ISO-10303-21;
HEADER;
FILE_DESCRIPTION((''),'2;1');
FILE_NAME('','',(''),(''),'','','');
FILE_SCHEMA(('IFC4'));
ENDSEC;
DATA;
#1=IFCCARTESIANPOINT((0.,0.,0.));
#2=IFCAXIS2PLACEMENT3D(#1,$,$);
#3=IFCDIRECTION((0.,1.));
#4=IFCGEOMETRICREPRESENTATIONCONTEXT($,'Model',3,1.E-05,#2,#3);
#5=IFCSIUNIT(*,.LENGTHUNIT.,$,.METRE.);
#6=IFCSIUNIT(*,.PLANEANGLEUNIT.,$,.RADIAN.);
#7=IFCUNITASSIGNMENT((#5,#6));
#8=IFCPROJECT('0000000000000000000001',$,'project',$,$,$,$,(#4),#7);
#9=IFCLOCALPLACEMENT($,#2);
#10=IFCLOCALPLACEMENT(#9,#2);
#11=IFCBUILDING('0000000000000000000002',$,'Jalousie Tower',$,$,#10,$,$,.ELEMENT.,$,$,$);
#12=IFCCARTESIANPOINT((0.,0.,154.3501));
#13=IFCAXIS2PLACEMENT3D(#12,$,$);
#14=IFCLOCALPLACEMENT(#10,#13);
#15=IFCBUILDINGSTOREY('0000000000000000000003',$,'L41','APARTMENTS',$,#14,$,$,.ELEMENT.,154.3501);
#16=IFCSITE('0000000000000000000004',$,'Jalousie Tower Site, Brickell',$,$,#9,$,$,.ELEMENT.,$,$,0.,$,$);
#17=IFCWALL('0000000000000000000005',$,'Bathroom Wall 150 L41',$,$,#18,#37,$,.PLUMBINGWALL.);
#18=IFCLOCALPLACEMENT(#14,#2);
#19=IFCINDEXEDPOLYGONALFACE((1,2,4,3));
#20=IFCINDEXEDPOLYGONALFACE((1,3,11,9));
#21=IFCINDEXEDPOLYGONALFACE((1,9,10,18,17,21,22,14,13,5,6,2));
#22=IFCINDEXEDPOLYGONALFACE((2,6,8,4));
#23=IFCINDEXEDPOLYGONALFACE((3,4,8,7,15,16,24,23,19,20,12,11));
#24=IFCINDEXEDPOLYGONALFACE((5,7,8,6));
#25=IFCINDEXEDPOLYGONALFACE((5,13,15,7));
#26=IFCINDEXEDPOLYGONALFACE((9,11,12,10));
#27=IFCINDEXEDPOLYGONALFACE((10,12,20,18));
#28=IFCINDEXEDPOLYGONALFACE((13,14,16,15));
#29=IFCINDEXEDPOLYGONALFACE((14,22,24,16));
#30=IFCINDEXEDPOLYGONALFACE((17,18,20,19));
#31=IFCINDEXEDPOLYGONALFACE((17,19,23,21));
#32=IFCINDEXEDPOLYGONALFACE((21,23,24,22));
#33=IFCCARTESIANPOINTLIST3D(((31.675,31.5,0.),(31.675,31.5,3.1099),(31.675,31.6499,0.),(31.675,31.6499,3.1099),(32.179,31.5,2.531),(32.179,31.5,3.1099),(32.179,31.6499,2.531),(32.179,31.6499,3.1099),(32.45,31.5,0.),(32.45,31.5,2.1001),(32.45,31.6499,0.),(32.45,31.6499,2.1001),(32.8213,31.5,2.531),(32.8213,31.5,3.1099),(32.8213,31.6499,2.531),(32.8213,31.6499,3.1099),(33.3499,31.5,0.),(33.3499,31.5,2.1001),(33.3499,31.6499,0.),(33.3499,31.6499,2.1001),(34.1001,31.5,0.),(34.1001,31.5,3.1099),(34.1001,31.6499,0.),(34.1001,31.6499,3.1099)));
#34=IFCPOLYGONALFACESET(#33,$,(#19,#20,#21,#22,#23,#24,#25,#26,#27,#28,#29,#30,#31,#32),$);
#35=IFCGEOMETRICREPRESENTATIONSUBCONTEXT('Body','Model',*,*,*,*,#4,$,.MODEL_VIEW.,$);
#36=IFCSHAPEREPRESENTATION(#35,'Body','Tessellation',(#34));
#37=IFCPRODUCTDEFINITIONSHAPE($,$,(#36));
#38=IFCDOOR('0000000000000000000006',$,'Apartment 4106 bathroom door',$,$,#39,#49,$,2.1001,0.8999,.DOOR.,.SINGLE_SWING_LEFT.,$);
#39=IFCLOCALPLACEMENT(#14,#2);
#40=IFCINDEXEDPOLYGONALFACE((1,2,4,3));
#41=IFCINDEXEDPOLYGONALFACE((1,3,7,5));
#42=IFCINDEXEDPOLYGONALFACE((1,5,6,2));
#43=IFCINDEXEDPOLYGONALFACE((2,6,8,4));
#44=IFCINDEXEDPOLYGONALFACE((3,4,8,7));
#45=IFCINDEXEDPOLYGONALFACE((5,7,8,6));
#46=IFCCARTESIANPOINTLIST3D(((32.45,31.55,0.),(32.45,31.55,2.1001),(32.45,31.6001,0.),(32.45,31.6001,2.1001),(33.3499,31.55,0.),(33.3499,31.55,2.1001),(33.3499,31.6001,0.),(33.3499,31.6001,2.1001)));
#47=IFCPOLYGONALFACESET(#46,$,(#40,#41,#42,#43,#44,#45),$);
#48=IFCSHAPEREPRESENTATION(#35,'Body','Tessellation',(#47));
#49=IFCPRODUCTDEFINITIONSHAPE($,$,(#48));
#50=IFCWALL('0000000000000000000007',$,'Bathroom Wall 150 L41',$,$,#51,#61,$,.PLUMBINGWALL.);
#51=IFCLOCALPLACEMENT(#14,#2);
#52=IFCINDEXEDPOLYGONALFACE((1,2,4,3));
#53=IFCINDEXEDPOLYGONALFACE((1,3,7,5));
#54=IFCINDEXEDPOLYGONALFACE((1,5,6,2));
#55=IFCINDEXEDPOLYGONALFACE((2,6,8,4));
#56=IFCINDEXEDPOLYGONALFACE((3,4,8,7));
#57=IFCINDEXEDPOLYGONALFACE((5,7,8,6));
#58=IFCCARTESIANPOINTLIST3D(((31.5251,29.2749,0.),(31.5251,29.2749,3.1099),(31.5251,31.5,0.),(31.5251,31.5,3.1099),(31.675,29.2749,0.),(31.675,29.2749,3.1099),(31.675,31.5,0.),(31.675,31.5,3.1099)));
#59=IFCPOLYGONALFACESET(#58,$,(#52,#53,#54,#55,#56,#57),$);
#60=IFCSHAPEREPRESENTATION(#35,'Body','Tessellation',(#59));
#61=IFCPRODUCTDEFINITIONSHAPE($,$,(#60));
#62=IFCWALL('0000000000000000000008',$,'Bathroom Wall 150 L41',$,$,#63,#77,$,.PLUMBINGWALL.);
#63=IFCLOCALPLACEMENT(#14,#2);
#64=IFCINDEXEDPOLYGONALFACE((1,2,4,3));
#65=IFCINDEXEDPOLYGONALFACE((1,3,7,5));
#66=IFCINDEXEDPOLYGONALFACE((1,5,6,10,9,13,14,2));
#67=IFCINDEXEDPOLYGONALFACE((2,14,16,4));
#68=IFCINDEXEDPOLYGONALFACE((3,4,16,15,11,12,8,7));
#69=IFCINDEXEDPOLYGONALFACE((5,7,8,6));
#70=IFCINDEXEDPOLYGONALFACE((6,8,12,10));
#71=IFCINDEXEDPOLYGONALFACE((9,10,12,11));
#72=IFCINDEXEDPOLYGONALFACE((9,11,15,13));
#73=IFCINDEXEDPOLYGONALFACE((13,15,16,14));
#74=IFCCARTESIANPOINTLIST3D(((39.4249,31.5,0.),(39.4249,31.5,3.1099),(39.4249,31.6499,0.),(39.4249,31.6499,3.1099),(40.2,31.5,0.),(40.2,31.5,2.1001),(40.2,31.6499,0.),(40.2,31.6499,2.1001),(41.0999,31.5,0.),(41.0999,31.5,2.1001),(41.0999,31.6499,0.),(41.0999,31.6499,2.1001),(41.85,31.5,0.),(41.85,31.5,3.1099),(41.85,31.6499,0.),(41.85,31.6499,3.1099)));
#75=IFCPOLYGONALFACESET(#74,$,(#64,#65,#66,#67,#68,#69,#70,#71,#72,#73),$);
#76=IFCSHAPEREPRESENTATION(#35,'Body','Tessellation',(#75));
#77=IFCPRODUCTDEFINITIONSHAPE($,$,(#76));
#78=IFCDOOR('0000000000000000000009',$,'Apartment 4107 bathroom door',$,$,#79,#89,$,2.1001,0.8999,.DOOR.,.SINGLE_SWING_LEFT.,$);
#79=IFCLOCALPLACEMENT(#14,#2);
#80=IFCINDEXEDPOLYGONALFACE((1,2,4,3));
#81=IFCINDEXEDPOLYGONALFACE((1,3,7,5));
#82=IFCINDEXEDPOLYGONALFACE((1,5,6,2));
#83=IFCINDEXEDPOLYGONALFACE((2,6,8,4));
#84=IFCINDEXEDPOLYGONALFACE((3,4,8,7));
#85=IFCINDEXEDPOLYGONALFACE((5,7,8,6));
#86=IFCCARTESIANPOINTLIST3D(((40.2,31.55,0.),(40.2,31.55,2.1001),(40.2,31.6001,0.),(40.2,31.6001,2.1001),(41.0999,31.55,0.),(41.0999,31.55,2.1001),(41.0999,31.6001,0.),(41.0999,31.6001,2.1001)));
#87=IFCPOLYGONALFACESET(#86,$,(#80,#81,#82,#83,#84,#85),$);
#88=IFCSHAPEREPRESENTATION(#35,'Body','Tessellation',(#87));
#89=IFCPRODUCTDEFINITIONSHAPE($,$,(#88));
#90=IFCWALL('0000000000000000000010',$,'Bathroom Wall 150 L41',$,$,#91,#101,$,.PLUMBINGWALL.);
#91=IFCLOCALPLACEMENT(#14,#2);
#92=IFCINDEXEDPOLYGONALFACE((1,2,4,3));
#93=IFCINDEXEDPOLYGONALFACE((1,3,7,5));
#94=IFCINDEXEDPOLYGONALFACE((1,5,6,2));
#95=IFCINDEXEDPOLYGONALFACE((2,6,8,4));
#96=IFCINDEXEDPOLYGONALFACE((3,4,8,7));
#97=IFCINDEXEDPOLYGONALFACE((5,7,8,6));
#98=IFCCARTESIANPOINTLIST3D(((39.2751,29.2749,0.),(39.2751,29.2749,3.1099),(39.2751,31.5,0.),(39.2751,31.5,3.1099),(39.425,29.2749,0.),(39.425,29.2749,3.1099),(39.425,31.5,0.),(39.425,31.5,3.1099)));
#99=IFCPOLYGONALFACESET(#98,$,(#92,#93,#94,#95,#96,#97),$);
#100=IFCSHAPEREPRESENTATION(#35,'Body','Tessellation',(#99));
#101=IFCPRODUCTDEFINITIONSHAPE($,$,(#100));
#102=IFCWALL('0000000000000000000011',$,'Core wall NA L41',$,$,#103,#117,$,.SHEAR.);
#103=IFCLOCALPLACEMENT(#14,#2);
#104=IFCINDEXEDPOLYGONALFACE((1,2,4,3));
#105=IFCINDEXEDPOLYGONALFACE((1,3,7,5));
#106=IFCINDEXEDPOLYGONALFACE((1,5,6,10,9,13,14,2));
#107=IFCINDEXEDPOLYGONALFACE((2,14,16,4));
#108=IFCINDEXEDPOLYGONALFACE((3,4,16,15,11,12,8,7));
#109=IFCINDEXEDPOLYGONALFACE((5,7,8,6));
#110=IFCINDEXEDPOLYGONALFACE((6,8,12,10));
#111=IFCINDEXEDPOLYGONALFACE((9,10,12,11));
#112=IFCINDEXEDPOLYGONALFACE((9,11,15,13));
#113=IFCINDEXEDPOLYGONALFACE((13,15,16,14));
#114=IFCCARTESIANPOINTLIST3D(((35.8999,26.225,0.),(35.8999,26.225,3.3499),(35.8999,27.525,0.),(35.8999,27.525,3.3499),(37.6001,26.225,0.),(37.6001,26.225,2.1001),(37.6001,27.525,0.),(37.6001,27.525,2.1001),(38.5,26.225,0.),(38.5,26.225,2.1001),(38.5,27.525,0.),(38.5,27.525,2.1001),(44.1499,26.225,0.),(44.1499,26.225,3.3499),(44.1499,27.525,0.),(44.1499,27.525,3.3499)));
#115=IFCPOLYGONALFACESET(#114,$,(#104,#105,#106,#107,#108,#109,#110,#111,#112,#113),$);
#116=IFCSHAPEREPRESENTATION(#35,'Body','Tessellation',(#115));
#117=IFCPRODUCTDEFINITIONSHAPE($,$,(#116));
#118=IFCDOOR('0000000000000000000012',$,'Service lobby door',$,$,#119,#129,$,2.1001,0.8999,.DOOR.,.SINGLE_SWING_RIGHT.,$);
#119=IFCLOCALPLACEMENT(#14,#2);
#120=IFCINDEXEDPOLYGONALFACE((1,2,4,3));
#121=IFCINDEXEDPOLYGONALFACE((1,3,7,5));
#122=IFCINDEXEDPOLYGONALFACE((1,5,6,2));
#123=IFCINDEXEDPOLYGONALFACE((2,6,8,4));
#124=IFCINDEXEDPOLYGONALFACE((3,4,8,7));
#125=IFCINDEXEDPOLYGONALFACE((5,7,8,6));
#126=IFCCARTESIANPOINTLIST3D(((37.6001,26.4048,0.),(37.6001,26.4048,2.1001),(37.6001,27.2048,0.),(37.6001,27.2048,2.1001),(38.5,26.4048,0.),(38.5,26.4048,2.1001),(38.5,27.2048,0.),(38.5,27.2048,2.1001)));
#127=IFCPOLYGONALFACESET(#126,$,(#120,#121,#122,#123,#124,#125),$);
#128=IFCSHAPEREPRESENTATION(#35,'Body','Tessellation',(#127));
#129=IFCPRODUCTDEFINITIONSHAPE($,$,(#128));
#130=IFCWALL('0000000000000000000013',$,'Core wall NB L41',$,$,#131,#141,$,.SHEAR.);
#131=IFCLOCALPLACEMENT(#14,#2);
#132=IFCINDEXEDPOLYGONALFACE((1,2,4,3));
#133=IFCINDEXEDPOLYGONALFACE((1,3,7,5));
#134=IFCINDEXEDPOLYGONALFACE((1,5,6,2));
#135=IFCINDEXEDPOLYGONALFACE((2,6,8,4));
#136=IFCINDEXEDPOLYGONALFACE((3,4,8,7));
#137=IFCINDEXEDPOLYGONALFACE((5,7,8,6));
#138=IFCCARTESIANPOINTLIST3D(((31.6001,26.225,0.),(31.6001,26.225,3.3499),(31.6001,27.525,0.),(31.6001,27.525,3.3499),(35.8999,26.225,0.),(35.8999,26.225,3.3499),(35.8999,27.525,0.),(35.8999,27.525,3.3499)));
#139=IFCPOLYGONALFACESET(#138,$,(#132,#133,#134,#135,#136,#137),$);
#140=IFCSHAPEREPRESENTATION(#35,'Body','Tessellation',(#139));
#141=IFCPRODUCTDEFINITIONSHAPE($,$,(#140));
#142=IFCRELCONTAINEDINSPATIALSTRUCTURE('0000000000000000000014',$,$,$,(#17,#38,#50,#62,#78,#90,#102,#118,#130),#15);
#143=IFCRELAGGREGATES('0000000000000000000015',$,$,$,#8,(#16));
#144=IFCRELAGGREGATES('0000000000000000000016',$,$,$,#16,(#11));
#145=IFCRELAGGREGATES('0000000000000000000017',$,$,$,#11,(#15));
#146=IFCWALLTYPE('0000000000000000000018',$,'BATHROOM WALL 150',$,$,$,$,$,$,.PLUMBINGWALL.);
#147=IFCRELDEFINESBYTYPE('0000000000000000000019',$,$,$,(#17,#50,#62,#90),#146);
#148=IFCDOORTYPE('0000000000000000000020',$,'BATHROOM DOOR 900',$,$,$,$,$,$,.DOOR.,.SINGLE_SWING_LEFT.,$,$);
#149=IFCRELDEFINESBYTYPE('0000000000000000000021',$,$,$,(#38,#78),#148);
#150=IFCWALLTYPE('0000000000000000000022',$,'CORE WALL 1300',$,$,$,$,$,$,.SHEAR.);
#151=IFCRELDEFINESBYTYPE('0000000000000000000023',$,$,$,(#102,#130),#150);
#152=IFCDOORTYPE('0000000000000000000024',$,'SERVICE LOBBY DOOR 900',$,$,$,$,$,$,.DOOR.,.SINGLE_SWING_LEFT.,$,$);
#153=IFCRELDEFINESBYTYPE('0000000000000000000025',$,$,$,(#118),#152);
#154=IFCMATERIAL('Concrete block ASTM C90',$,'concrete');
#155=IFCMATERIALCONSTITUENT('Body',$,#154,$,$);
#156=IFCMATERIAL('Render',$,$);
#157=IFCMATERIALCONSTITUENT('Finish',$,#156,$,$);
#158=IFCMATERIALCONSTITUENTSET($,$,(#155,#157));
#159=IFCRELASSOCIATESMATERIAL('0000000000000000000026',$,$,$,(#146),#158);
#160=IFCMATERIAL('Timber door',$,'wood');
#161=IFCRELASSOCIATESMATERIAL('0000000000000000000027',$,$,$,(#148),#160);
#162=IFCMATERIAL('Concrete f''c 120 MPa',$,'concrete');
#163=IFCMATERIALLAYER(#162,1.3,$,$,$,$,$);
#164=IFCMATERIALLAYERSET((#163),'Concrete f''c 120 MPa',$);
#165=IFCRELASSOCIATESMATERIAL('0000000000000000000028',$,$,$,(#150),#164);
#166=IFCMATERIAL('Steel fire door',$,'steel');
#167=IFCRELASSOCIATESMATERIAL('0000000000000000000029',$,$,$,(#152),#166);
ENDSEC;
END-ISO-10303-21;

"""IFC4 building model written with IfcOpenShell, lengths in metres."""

from ifc_helpers import new_model, si_unit, direction, frame, frame_2d, origin, place, context, subcontext, project, spatial, polyline, rectangle, outline, extrude, material, layer, layer_set, constituent, constituent_set, type_object, element, fill, save


model = new_model("IFC4")

# Units and contexts
model_context = context("Model", 3, precision=1e-05, world=origin(), true_north=direction((0.0, 1.0)))
body_context = subcontext(model_context, "Body", "Model", "MODEL_VIEW")
ifc_project = project(units=[si_unit("LENGTHUNIT", "METRE"), si_unit("PLANEANGLEUNIT", "RADIAN")], contexts=[model_context])

# Site, building, storey
site_placement = place(None, origin())
site = spatial("IfcSite", under=ifc_project, at=site_placement, Name="Jalousie Tower Site, Brickell", CompositionType="ELEMENT", RefElevation=0.0)
building_placement = place(site_placement, origin())
building = spatial("IfcBuilding", under=site, at=building_placement, Name="Jalousie Tower", CompositionType="ELEMENT")
storey_placement = place(building_placement, frame((0.0, 0.0, 154.3501)))
storey = spatial("IfcBuildingStorey", under=building, at=storey_placement, Name="L41", Description="APARTMENTS", CompositionType="ELEMENT", Elevation=154.3501)

# Wall, opening, door
ifc_material_1 = material(Name="Concrete block ASTM C90", Category="concrete")
ifc_constituent_1 = constituent(ifc_material_1, Name="Body")
ifc_material_2 = material(Name="Render")
ifc_constituent_2 = constituent(ifc_material_2, Name="Finish")
ifc_constituent_set_1 = constituent_set(constituents=[ifc_constituent_1, ifc_constituent_2])
wall_type_1 = type_object("IfcWallType", Name="BATHROOM WALL 150", PredefinedType="PLUMBINGWALL", material=ifc_constituent_set_1)
wall_1_placement = place(storey_placement, frame((31.675, 31.575, 0.0), z_axis=(0.0, 0.0, 1.0), x_axis=(1.0, 0.0, 0.0)))
wall_1 = element("IfcWall", 1, at=wall_1_placement, inside=storey, type_object=wall_type_1, Name="Bathroom Wall 150 L41", PredefinedType="PLUMBINGWALL", context=body_context, shape_type="SweptSolid", body=[
    extrude(outline(polyline([(0.0, 0.0), (2.425, 0.0), (2.425, 3.1099), (1.1462, 3.1099), (1.1462, 2.531), (0.5039, 2.531), (0.5039, 3.1099), (0.0, 3.1099), (0.0, 0.0)])), frame((0.0, 0.075, 0.0), z_axis=(0.0, -1.0, 0.0), x_axis=(1.0, 0.0, 0.0)), (0.0, 0.0, 1.0), 0.1499),
])
opening_1_placement = place(wall_1_placement, frame((0.7749, 0.0, 0.0)))
opening_1 = element("IfcOpeningElement", 2, at=opening_1_placement, cuts=wall_1, PredefinedType="OPENING", context=body_context, shape_type="SweptSolid", body=[
    extrude(rectangle(XDim=0.8999, YDim=2.1001, at=frame_2d((0.45, 1.05))), frame((0.0, 0.085, 0.0), z_axis=(0.0, -1.0, 0.0), x_axis=(1.0, 0.0, 0.0)), (0.0, 0.0, 1.0), 0.1699),
])
ifc_material_3 = material(Name="Timber door", Category="wood")
door_type_1 = type_object("IfcDoorType", Name="BATHROOM DOOR 900", OperationType="SINGLE_SWING_LEFT", PredefinedType="DOOR", material=ifc_material_3)
door_1_placement = place(opening_1_placement, frame((0.8999, 0.0, 0.0), z_axis=(0.0, 0.0, 1.0), x_axis=(-1.0, 0.0, 0.0)))
door_1 = element("IfcDoor", 3, at=door_1_placement, inside=storey, type_object=door_type_1, Name="Apartment 4106 bathroom door", OperationType="SINGLE_SWING_LEFT", OverallHeight=2.1001, OverallWidth=0.8999, PredefinedType="DOOR", context=body_context, shape_type="SweptSolid", body=[
    extrude(rectangle(XDim=0.8999, YDim=2.1001, at=frame_2d((0.45, 1.05))), frame((0.0, 0.0249, 0.0), z_axis=(0.0, -1.0, 0.0), x_axis=(1.0, 0.0, 0.0)), (0.0, 0.0, 1.0), 0.05),
])
fill(opening_1, door_1)

# Wall
wall_2_placement = place(storey_placement, frame((31.6001, 31.5, 0.0), z_axis=(0.0, 0.0, 1.0), x_axis=(0.0, -1.0, 0.0)))
element("IfcWall", 4, at=wall_2_placement, inside=storey, type_object=wall_type_1, Name="Bathroom Wall 150 L41", PredefinedType="PLUMBINGWALL", context=body_context, shape_type="SweptSolid", body=[
    extrude(rectangle(XDim=2.2251, YDim=0.1499, at=frame_2d((1.1125, 0.0))), origin(), (0.0, 0.0, 1.0), 3.1099),
])

# Wall, opening, door
wall_3_placement = place(storey_placement, frame((39.425, 31.575, 0.0), z_axis=(0.0, 0.0, 1.0), x_axis=(1.0, 0.0, 0.0)))
wall_3 = element("IfcWall", 5, at=wall_3_placement, inside=storey, type_object=wall_type_1, Name="Bathroom Wall 150 L41", PredefinedType="PLUMBINGWALL", context=body_context, shape_type="SweptSolid", body=[
    extrude(rectangle(XDim=2.425, YDim=0.1499, at=frame_2d((1.2124, 0.0))), origin(), (0.0, 0.0, 1.0), 3.1099),
])
opening_2_placement = place(wall_3_placement, frame((0.7749, 0.0, 0.0)))
opening_2 = element("IfcOpeningElement", 6, at=opening_2_placement, cuts=wall_3, PredefinedType="OPENING", context=body_context, shape_type="SweptSolid", body=[
    extrude(rectangle(XDim=0.8999, YDim=2.1001, at=frame_2d((0.45, 1.05))), frame((0.0, 0.085, 0.0), z_axis=(0.0, -1.0, 0.0), x_axis=(1.0, 0.0, 0.0)), (0.0, 0.0, 1.0), 0.1699),
])
door_2_placement = place(opening_2_placement, frame((0.8999, 0.0, 0.0), z_axis=(0.0, 0.0, 1.0), x_axis=(-1.0, 0.0, 0.0)))
door_2 = element("IfcDoor", 7, at=door_2_placement, inside=storey, type_object=door_type_1, Name="Apartment 4107 bathroom door", OperationType="SINGLE_SWING_LEFT", OverallHeight=2.1001, OverallWidth=0.8999, PredefinedType="DOOR", context=body_context, shape_type="SweptSolid", body=[
    extrude(rectangle(XDim=0.8999, YDim=2.1001, at=frame_2d((0.45, 1.05))), frame((0.0, 0.0249, 0.0), z_axis=(0.0, -1.0, 0.0), x_axis=(1.0, 0.0, 0.0)), (0.0, 0.0, 1.0), 0.05),
])
fill(opening_2, door_2)

# Wall
wall_4_placement = place(storey_placement, frame((39.3501, 31.5, 0.0), z_axis=(0.0, 0.0, 1.0), x_axis=(0.0, -1.0, 0.0)))
element("IfcWall", 8, at=wall_4_placement, inside=storey, type_object=wall_type_1, Name="Bathroom Wall 150 L41", PredefinedType="PLUMBINGWALL", context=body_context, shape_type="SweptSolid", body=[
    extrude(rectangle(XDim=2.2251, YDim=0.1499, at=frame_2d((1.1125, 0.0))), origin(), (0.0, 0.0, 1.0), 3.1099),
])

# Wall, opening, door
ifc_material_4 = material(Name="Concrete f'c 120 MPa", Category="concrete")
ifc_layer = layer(ifc_material_4, 1.3)
ifc_layer_set = layer_set([ifc_layer], Name="Concrete f'c 120 MPa")
wall_type_2 = type_object("IfcWallType", Name="CORE WALL 1300", PredefinedType="SHEAR", material=ifc_layer_set)
wall_5_placement = place(storey_placement, frame((44.1499, 26.875, 0.0), z_axis=(0.0, 0.0, 1.0), x_axis=(-1.0, 0.0, 0.0)))
wall_5 = element("IfcWall", 9, at=wall_5_placement, inside=storey, type_object=wall_type_2, Name="Core wall NA L41", PredefinedType="SHEAR", context=body_context, shape_type="SweptSolid", body=[
    extrude(rectangle(XDim=8.25, YDim=1.3, at=frame_2d((4.125, 0.0))), origin(), (0.0, 0.0, 1.0), 3.3499),
])
opening_3_placement = place(wall_5_placement, frame((5.6499, 0.0, 0.0)))
opening_3 = element("IfcOpeningElement", 10, at=opening_3_placement, cuts=wall_5, PredefinedType="OPENING", context=body_context, shape_type="SweptSolid", body=[
    extrude(rectangle(XDim=0.8999, YDim=2.1001, at=frame_2d((0.45, 1.05))), frame((0.0, 0.6599, 0.0), z_axis=(0.0, -1.0, 0.0), x_axis=(1.0, 0.0, 0.0)), (0.0, 0.0, 1.0), 1.3201),
])
ifc_material_5 = material(Name="Steel fire door", Category="steel")
door_type_2 = type_object("IfcDoorType", Name="SERVICE LOBBY DOOR 900", OperationType="SINGLE_SWING_LEFT", PredefinedType="DOOR", material=ifc_material_5)
door_3_placement = place(opening_3_placement, origin())
door_3 = element("IfcDoor", 11, at=door_3_placement, inside=storey, type_object=door_type_2, Name="Service lobby door", OperationType="SINGLE_SWING_RIGHT", OverallHeight=2.1001, OverallWidth=0.8999, PredefinedType="DOOR", context=body_context, shape_type="SweptSolid", body=[
    extrude(rectangle(XDim=0.8999, YDim=2.1001, at=frame_2d((0.45, 1.05))), frame((0.0, 0.4702, 0.0), z_axis=(0.0, -1.0, 0.0), x_axis=(1.0, 0.0, 0.0)), (0.0, 0.0, 1.0), 0.8),
])
fill(opening_3, door_3)

# Wall
wall_6_placement = place(storey_placement, frame((35.8999, 26.875, 0.0), z_axis=(0.0, 0.0, 1.0), x_axis=(-1.0, 0.0, 0.0)))
element("IfcWall", 12, at=wall_6_placement, inside=storey, type_object=wall_type_2, Name="Core wall NB L41", PredefinedType="SHEAR", context=body_context, shape_type="SweptSolid", body=[
    extrude(rectangle(XDim=4.2998, YDim=1.3, at=frame_2d((2.1499, 0.0))), origin(), (0.0, 0.0, 1.0), 3.3499),
])

save(model, "model.ifc")
